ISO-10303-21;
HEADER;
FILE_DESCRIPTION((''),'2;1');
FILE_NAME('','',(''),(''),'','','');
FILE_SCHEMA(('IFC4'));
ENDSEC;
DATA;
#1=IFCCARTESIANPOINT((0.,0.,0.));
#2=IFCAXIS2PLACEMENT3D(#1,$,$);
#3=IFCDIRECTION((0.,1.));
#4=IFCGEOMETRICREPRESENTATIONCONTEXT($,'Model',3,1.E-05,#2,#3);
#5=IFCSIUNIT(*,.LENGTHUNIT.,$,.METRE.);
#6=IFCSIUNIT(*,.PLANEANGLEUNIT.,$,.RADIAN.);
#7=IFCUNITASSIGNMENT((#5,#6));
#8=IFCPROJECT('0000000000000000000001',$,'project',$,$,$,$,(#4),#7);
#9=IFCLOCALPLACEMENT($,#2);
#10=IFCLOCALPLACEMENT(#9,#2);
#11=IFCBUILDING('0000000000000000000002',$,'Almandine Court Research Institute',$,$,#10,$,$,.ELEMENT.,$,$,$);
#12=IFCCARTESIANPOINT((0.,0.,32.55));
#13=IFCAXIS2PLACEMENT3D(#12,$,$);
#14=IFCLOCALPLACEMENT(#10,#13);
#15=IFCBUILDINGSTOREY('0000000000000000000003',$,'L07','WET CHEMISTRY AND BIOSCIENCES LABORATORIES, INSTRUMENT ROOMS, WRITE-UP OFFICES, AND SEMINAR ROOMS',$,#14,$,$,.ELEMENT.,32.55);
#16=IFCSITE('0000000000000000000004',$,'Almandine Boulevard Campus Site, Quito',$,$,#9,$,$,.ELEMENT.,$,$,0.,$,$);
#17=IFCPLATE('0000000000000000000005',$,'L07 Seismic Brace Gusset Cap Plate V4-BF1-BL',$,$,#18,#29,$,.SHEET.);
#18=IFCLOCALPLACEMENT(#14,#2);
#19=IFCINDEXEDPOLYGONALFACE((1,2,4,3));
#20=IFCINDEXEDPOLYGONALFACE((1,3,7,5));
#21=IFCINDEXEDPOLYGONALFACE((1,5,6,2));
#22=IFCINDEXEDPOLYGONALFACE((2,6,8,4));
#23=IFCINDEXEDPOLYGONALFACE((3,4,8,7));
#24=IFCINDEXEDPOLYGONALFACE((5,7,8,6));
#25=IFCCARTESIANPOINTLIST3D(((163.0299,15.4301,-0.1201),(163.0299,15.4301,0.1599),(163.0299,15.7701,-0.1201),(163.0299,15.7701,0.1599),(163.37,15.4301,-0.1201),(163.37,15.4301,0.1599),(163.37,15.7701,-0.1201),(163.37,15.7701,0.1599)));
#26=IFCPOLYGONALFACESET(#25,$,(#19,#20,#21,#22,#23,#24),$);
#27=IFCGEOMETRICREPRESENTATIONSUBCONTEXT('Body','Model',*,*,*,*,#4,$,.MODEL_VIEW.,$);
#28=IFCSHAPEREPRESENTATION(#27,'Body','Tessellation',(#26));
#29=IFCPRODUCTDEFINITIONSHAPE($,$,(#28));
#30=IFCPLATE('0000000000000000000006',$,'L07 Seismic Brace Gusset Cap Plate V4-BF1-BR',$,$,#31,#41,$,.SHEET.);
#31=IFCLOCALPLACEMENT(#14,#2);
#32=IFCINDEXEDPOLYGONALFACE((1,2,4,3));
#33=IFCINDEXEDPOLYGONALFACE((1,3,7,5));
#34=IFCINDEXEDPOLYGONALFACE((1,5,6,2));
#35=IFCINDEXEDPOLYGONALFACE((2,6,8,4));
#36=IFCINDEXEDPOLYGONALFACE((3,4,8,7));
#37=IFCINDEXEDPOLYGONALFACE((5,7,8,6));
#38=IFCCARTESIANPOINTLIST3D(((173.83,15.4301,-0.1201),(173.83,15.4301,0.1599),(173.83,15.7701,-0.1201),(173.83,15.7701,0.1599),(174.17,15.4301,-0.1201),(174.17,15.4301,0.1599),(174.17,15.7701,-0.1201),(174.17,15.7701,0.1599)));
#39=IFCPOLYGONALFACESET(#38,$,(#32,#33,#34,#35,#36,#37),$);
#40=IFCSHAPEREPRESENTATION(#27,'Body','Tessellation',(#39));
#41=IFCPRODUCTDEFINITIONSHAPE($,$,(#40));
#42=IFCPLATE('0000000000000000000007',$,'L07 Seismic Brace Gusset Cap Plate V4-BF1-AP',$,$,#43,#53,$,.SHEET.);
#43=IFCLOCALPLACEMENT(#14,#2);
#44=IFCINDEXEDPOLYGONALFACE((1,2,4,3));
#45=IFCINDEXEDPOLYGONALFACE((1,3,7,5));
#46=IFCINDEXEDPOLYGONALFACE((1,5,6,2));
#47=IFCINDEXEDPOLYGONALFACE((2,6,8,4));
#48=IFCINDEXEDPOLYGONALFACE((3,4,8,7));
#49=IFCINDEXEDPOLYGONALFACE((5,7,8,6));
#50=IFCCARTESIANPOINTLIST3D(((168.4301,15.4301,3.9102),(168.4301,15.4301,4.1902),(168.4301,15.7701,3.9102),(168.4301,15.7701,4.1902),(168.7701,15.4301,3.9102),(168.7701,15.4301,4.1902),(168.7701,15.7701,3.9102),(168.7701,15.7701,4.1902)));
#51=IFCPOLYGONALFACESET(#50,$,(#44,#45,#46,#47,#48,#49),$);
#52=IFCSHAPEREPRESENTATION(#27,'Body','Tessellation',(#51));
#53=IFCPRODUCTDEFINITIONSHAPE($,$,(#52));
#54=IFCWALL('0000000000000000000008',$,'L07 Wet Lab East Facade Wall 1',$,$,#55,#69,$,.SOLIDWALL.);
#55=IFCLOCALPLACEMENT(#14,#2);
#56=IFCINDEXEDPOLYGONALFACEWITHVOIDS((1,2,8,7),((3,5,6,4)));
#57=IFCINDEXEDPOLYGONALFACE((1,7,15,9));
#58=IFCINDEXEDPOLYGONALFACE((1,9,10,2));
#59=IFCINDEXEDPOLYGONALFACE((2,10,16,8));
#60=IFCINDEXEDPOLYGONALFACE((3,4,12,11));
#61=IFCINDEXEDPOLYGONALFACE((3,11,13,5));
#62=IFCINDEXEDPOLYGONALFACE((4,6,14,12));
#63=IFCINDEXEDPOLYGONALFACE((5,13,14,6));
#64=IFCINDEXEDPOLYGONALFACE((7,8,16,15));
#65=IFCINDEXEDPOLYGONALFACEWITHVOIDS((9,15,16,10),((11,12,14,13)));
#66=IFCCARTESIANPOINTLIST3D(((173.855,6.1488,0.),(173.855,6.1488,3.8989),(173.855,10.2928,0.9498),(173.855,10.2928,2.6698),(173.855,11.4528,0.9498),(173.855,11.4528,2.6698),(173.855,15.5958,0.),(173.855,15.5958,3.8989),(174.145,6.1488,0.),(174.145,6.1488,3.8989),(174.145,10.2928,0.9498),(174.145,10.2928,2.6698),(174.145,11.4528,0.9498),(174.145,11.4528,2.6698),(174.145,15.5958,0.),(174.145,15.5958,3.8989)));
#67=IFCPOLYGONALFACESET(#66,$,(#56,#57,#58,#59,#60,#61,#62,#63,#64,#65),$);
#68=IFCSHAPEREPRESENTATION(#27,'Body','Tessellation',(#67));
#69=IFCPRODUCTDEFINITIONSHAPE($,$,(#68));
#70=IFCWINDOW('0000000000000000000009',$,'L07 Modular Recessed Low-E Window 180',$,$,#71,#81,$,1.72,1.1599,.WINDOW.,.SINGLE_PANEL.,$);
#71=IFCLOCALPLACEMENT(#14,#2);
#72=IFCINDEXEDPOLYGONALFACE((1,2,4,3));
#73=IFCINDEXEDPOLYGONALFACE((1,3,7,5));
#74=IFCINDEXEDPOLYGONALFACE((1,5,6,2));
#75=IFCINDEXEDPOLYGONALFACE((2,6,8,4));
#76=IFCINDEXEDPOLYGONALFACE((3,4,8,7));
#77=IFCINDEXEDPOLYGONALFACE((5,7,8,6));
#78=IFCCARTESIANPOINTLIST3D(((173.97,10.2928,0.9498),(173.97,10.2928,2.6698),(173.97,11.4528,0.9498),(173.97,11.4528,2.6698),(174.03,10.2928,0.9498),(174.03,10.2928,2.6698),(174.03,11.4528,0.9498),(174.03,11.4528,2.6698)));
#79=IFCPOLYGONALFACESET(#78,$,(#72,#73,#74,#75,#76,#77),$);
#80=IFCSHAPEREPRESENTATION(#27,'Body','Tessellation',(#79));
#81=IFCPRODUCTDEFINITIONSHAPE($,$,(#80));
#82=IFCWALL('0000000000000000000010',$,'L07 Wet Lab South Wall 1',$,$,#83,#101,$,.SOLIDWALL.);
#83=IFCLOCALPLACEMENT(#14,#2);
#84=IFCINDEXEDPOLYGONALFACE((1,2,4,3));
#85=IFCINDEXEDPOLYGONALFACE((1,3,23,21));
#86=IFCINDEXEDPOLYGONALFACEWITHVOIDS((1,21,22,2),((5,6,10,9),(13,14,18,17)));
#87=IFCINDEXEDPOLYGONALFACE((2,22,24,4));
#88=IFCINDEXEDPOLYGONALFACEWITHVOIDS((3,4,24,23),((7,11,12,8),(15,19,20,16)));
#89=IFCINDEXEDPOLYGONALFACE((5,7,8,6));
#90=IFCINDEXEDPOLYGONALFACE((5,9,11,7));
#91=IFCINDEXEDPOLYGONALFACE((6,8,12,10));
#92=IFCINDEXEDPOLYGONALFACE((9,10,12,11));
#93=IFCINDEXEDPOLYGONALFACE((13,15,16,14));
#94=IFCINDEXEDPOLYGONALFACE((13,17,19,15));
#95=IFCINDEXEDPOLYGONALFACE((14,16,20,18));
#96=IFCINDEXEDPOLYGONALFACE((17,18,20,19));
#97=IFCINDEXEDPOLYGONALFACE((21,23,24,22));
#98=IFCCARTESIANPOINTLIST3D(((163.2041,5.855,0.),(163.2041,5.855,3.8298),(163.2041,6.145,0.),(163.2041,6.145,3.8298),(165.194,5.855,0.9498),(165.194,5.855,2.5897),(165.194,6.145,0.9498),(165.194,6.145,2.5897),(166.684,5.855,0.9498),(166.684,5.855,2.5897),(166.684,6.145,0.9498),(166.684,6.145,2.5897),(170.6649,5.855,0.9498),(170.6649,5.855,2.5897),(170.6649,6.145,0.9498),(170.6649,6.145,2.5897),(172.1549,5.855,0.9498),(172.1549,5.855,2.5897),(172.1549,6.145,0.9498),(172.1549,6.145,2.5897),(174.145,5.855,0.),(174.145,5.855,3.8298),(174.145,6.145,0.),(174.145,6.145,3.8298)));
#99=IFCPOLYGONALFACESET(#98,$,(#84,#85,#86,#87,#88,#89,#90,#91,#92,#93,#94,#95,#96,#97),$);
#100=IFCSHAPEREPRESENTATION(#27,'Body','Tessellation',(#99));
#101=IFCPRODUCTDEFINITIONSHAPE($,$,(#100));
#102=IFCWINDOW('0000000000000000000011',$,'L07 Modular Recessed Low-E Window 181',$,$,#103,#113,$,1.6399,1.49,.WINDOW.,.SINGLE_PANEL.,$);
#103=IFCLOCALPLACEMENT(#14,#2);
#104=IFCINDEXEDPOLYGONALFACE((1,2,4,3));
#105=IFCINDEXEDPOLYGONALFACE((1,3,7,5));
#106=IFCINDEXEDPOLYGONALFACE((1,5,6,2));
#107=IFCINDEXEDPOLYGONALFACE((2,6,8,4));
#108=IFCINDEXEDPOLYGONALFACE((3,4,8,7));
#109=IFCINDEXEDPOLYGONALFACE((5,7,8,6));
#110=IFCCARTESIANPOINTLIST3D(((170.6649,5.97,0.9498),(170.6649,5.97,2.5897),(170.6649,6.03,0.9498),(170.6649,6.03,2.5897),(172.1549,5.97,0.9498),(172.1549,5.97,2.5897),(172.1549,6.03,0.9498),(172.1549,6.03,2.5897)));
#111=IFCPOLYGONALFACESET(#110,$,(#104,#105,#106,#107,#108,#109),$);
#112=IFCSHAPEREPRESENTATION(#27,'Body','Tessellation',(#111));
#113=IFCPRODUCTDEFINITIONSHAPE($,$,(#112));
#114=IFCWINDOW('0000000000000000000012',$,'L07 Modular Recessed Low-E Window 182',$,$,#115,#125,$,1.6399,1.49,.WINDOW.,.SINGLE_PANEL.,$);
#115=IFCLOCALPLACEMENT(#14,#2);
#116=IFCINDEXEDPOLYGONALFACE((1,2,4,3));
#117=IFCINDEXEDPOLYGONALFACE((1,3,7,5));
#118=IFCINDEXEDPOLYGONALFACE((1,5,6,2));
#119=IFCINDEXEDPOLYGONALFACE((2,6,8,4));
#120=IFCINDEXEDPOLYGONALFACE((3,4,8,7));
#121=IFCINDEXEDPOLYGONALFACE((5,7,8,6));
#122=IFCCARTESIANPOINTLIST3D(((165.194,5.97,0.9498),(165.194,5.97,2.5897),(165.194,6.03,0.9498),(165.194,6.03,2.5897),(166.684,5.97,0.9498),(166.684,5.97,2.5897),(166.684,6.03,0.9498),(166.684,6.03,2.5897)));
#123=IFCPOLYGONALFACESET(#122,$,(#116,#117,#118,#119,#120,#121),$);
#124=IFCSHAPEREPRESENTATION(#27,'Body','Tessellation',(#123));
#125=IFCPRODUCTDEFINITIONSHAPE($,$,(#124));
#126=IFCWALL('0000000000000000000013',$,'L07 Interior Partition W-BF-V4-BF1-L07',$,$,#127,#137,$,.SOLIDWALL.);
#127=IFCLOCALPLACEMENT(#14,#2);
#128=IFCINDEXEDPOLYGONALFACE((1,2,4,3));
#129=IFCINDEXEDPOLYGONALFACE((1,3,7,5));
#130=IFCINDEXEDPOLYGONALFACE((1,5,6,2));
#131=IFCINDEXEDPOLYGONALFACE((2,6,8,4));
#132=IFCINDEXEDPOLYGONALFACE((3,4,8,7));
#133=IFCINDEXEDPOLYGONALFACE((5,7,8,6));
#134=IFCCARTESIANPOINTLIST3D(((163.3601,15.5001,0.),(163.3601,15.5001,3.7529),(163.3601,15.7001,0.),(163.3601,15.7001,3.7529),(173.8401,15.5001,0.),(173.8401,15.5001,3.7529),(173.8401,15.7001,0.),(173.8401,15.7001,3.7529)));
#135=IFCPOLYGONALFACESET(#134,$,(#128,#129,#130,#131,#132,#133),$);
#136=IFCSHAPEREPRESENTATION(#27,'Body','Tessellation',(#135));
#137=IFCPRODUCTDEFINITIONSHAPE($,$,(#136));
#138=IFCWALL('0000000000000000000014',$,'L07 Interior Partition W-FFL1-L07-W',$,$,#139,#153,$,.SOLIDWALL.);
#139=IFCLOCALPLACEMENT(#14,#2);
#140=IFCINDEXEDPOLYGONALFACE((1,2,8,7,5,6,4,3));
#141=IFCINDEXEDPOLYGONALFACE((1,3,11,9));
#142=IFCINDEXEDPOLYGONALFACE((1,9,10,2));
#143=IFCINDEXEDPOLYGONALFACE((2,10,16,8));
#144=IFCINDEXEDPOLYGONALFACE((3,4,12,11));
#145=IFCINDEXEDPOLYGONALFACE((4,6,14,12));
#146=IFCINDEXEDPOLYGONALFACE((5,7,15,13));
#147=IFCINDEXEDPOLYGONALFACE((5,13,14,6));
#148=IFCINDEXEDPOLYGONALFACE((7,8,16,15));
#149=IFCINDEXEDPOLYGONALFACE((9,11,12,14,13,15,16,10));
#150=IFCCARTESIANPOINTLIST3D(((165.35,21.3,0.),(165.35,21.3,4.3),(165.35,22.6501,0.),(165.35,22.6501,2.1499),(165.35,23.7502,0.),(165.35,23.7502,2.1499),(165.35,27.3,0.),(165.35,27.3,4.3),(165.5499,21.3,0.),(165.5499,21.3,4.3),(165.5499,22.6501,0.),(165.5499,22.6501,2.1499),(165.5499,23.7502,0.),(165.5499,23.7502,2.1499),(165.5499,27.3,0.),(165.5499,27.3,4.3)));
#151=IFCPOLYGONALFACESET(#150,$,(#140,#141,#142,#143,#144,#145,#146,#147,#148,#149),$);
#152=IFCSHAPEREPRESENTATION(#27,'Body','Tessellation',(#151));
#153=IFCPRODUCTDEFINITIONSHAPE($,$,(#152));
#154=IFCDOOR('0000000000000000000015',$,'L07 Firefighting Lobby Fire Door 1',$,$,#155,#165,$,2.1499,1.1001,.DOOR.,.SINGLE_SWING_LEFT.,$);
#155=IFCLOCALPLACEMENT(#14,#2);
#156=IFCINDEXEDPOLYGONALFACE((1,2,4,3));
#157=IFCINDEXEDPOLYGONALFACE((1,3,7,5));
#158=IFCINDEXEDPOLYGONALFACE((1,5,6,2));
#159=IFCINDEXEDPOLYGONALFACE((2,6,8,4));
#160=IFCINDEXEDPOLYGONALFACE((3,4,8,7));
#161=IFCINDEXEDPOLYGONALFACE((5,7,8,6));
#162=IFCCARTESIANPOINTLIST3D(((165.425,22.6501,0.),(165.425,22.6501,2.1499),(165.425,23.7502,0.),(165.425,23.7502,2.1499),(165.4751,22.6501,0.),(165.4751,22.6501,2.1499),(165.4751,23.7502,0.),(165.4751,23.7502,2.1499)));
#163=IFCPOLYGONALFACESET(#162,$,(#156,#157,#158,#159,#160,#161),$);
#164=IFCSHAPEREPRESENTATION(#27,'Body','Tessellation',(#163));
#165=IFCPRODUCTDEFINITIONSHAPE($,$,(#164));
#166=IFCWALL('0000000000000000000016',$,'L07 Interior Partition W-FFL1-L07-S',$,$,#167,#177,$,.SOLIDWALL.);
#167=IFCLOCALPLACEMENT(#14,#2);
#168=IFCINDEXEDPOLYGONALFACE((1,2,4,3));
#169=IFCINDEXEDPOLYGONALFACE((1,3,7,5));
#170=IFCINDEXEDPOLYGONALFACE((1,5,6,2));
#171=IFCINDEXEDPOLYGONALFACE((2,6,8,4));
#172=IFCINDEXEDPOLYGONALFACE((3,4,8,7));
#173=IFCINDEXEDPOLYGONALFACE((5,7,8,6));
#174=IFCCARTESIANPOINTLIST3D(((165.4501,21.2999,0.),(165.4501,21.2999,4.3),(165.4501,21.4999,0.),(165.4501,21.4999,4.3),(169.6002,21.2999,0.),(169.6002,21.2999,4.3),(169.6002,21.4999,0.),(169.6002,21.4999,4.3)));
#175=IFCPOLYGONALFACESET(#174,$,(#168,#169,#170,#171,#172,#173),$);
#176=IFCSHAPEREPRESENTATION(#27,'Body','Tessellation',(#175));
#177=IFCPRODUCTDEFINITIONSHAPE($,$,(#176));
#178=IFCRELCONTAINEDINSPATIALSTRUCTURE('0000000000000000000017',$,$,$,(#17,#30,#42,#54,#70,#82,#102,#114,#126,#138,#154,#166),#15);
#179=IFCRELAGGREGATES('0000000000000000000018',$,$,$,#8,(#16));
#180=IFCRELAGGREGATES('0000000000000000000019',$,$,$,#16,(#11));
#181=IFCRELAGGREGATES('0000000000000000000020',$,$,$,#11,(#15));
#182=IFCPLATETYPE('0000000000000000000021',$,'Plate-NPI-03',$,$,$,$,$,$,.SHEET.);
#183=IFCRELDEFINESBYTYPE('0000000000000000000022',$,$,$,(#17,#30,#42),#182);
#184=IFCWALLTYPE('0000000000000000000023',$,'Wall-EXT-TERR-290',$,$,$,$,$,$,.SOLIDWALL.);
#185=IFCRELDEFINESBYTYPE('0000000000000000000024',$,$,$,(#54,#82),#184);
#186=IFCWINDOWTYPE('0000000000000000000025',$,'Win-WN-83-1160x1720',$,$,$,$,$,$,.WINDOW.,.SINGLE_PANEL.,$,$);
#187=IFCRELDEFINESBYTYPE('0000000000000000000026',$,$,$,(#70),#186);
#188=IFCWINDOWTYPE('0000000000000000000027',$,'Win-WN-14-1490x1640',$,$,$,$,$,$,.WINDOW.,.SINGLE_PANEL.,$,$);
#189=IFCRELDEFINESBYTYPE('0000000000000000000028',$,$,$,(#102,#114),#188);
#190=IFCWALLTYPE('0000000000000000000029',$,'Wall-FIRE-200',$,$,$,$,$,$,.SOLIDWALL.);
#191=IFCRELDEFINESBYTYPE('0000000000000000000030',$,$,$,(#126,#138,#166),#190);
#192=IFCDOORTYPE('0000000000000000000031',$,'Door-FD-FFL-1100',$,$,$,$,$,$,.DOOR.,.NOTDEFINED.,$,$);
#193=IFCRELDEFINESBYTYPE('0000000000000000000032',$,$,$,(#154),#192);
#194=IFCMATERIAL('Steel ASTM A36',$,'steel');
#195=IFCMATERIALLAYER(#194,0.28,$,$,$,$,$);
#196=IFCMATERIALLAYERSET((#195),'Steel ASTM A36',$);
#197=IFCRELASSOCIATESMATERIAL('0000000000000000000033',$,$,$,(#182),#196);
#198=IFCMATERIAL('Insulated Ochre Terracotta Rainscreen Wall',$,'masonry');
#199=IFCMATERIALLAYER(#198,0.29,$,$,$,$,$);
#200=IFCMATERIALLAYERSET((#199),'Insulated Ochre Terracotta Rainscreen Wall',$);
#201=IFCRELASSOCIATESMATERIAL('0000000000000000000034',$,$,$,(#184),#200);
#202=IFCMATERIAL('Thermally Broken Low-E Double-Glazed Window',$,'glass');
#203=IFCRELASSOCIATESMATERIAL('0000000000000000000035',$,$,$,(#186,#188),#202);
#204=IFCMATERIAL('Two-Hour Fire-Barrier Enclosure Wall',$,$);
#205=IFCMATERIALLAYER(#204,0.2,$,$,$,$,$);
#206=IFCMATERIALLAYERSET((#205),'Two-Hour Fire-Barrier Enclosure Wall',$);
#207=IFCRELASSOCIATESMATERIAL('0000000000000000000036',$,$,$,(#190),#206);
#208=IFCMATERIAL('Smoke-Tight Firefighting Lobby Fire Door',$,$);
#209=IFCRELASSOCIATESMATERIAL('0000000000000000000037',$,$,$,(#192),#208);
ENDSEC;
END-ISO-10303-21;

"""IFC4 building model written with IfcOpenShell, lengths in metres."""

from ifc_helpers import new_model, si_unit, direction, frame, frame_2d, origin, origin_2d, place, context, subcontext, project, spatial, rectangle, extrude, material, layer, layer_set, type_object, element, fill, save


model = new_model("IFC4")

# Units and contexts
model_context = context("Model", 3, precision=1e-05, world=origin(), true_north=direction((0.0, 1.0)))
body_context = subcontext(model_context, "Body", "Model", "MODEL_VIEW")
ifc_project = project(units=[si_unit("LENGTHUNIT", "METRE"), si_unit("PLANEANGLEUNIT", "RADIAN")], contexts=[model_context])

# Site, building, storey
site_placement = place(None, origin())
site = spatial("IfcSite", under=ifc_project, at=site_placement, Name="Almandine Boulevard Campus Site, Quito", CompositionType="ELEMENT", RefElevation=0.0)
building_placement = place(site_placement, origin())
building = spatial("IfcBuilding", under=site, at=building_placement, Name="Almandine Court Research Institute", CompositionType="ELEMENT")
storey_placement = place(building_placement, frame((0.0, 0.0, 32.55)))
storey = spatial("IfcBuildingStorey", under=building, at=storey_placement, Name="L07", Description="WET CHEMISTRY AND BIOSCIENCES LABORATORIES, INSTRUMENT ROOMS, WRITE-UP OFFICES, AND SEMINAR ROOMS", CompositionType="ELEMENT", Elevation=32.55)

# Plates
ifc_material_1 = material(Name="Steel ASTM A36", Category="steel")
ifc_layer_1 = layer(ifc_material_1, 0.28)
ifc_layer_set_1 = layer_set([ifc_layer_1], Name="Steel ASTM A36")
plate_type = type_object("IfcPlateType", Name="Plate-NPI-03", PredefinedType="SHEET", material=ifc_layer_set_1)
for number, where, z_axis, x_axis, name in (
    (1, (163.2, 15.6001, -0.1201), (0.0, 0.0, 1.0), (1.0, 0.0, 0.0), "L07 Seismic Brace Gusset Cap Plate V4-BF1-BL"),
    (2, (174.0, 15.6001, -0.1201), (0.0, 0.0, 1.0), (1.0, 0.0, 0.0), "L07 Seismic Brace Gusset Cap Plate V4-BF1-BR"),
    (3, (168.6001, 15.6001, 3.9102), (0.0, 0.0, 1.0), (1.0, 0.0, 0.0), "L07 Seismic Brace Gusset Cap Plate V4-BF1-AP"),
):
    element("IfcPlate", number, at=place(storey_placement, frame(where, z_axis=z_axis, x_axis=x_axis)), inside=storey, type_object=plate_type, Name=name, PredefinedType="SHEET", context=body_context, shape_type="SweptSolid", body=[
        extrude(rectangle(XDim=0.3401, YDim=0.3401, at=origin_2d()), origin(), (0.0, 0.0, 1.0), 0.28),
    ])

# Wall, opening, window
ifc_material_2 = material(Name="Insulated Ochre Terracotta Rainscreen Wall", Category="masonry")
ifc_layer_2 = layer(ifc_material_2, 0.29)
ifc_layer_set_2 = layer_set([ifc_layer_2], Name="Insulated Ochre Terracotta Rainscreen Wall")
wall_type_1 = type_object("IfcWallType", Name="Wall-EXT-TERR-290", PredefinedType="SOLIDWALL", material=ifc_layer_set_2)
wall_1_placement = place(storey_placement, frame((174.0, 15.5959, 0.0), z_axis=(0.0, 0.0, 1.0), x_axis=(0.0, -1.0, 0.0)))
wall_1 = element("IfcWall", 4, at=wall_1_placement, inside=storey, type_object=wall_type_1, Name="L07 Wet Lab East Facade Wall 1", PredefinedType="SOLIDWALL", context=body_context, shape_type="SweptSolid", body=[
    extrude(rectangle(XDim=9.447, YDim=0.29, at=frame_2d((4.7236, 0.0))), origin(), (0.0, 0.0, 1.0), 3.8989),
])
opening_1_placement = place(wall_1_placement, frame((4.1431, 0.0, 0.95)))
opening_1 = element("IfcOpeningElement", 5, at=opening_1_placement, cuts=wall_1, PredefinedType="OPENING", context=body_context, shape_type="SweptSolid", body=[
    extrude(rectangle(XDim=1.1599, YDim=1.72, at=frame_2d((0.5801, 0.8599))), frame((0.0, 0.155, 0.0), z_axis=(0.0, -1.0, 0.0), x_axis=(1.0, 0.0, 0.0)), (0.0, 0.0, 1.0), 0.3101),
])
ifc_material_3 = material(Name="Thermally Broken Low-E Double-Glazed Window", Category="glass")
window_type_1 = type_object("IfcWindowType", Name="Win-WN-83-1160x1720", PartitioningType="SINGLE_PANEL", PredefinedType="WINDOW", material=ifc_material_3)
window_1_placement = place(opening_1_placement, origin())
window_1 = element("IfcWindow", 6, at=window_1_placement, inside=storey, type_object=window_type_1, Name="L07 Modular Recessed Low-E Window 180", OverallHeight=1.72, OverallWidth=1.1599, PartitioningType="SINGLE_PANEL", PredefinedType="WINDOW", context=body_context, shape_type="SweptSolid", body=[
    extrude(rectangle(XDim=1.1599, YDim=1.72, at=frame_2d((0.5801, 0.8599))), frame((0.0, 0.03, 0.0), z_axis=(0.0, -1.0, 0.0), x_axis=(1.0, 0.0, 0.0)), (0.0, 0.0, 1.0), 0.0601),
])
fill(opening_1, window_1)

# Wall, openings, windows
wall_2_placement = place(storey_placement, frame((174.145, 6.0, 0.0), z_axis=(0.0, 0.0, 1.0), x_axis=(-1.0, 0.0, 0.0)))
wall_2 = element("IfcWall", 7, at=wall_2_placement, inside=storey, type_object=wall_type_1, Name="L07 Wet Lab South Wall 1", PredefinedType="SOLIDWALL", context=body_context, shape_type="SweptSolid", body=[
    extrude(rectangle(XDim=10.9409, YDim=0.29, at=frame_2d((5.4705, 0.0))), origin(), (0.0, 0.0, 1.0), 3.8298),
])
opening_2_placement = place(wall_2_placement, frame((1.99, 0.0, 0.95)))
opening_2 = element("IfcOpeningElement", 8, at=opening_2_placement, cuts=wall_2, PredefinedType="OPENING", context=body_context, shape_type="SweptSolid", body=[
    extrude(rectangle(XDim=1.49, YDim=1.6399, at=frame_2d((0.7451, 0.8198))), frame((0.0, 0.155, 0.0), z_axis=(0.0, -1.0, 0.0), x_axis=(1.0, 0.0, 0.0)), (0.0, 0.0, 1.0), 0.3101),
])
opening_3_placement = place(wall_2_placement, frame((7.4609, 0.0, 0.95)))
opening_3 = element("IfcOpeningElement", 9, at=opening_3_placement, cuts=wall_2, PredefinedType="OPENING", context=body_context, shape_type="SweptSolid", body=[
    extrude(rectangle(XDim=1.49, YDim=1.6399, at=frame_2d((0.7451, 0.8198))), frame((0.0, 0.155, 0.0), z_axis=(0.0, -1.0, 0.0), x_axis=(1.0, 0.0, 0.0)), (0.0, 0.0, 1.0), 0.3101),
])
window_type_2 = type_object("IfcWindowType", Name="Win-WN-14-1490x1640", PartitioningType="SINGLE_PANEL", PredefinedType="WINDOW", material=ifc_material_3)
window_2_placement = place(opening_2_placement, origin())
window_2 = element("IfcWindow", 10, at=window_2_placement, inside=storey, type_object=window_type_2, Name="L07 Modular Recessed Low-E Window 181", OverallHeight=1.6399, OverallWidth=1.49, PartitioningType="SINGLE_PANEL", PredefinedType="WINDOW", context=body_context, shape_type="SweptSolid", body=[
    extrude(rectangle(XDim=1.49, YDim=1.6399, at=frame_2d((0.7451, 0.8198))), frame((0.0, 0.03, 0.0), z_axis=(0.0, -1.0, 0.0), x_axis=(1.0, 0.0, 0.0)), (0.0, 0.0, 1.0), 0.0601),
])
fill(opening_2, window_2)
window_3_placement = place(opening_3_placement, origin())
window_3 = element("IfcWindow", 11, at=window_3_placement, inside=storey, type_object=window_type_2, Name="L07 Modular Recessed Low-E Window 182", OverallHeight=1.6399, OverallWidth=1.49, PartitioningType="SINGLE_PANEL", PredefinedType="WINDOW", context=body_context, shape_type="SweptSolid", body=[
    extrude(rectangle(XDim=1.49, YDim=1.6399, at=frame_2d((0.7451, 0.8198))), frame((0.0, 0.03, 0.0), z_axis=(0.0, -1.0, 0.0), x_axis=(1.0, 0.0, 0.0)), (0.0, 0.0, 1.0), 0.0601),
])
fill(opening_3, window_3)

# Wall
ifc_material_4 = material(Name="Two-Hour Fire-Barrier Enclosure Wall")
ifc_layer_3 = layer(ifc_material_4, 0.2)
ifc_layer_set_3 = layer_set([ifc_layer_3], Name="Two-Hour Fire-Barrier Enclosure Wall")
wall_type_2 = type_object("IfcWallType", Name="Wall-FIRE-200", PredefinedType="SOLIDWALL", material=ifc_layer_set_3)
wall_3_placement = place(storey_placement, frame((163.3601, 15.6001, 0.0), z_axis=(0.0, 0.0, 1.0), x_axis=(1.0, 0.0, 0.0)))
element("IfcWall", 12, at=wall_3_placement, inside=storey, type_object=wall_type_2, Name="L07 Interior Partition W-BF-V4-BF1-L07", PredefinedType="SOLIDWALL", context=body_context, shape_type="SweptSolid", body=[
    extrude(rectangle(XDim=10.48, YDim=0.2, at=frame_2d((5.24, 0.0))), origin(), (0.0, 0.0, 1.0), 3.7529),
])

# Wall, opening, door
wall_4_placement = place(storey_placement, frame((165.45, 21.3, 0.0), z_axis=(0.0, 0.0, 1.0), x_axis=(0.0, 1.0, 0.0)))
wall_4 = element("IfcWall", 13, at=wall_4_placement, inside=storey, type_object=wall_type_2, Name="L07 Interior Partition W-FFL1-L07-W", PredefinedType="SOLIDWALL", context=body_context, shape_type="SweptSolid", body=[
    extrude(rectangle(XDim=6.0, YDim=0.2, at=frame_2d((3.0, 0.0))), origin(), (0.0, 0.0, 1.0), 4.3),
])
opening_4_placement = place(wall_4_placement, frame((1.3501, 0.0, 0.0)))
opening_4 = element("IfcOpeningElement", 14, at=opening_4_placement, cuts=wall_4, PredefinedType="OPENING", context=body_context, shape_type="SweptSolid", body=[
    extrude(rectangle(XDim=1.1001, YDim=2.1499, at=frame_2d((0.55, 1.075))), frame((0.0, 0.1099, 0.0), z_axis=(0.0, -1.0, 0.0), x_axis=(1.0, 0.0, 0.0)), (0.0, 0.0, 1.0), 0.22),
])
ifc_material_5 = material(Name="Smoke-Tight Firefighting Lobby Fire Door")
door_type_1 = type_object("IfcDoorType", Name="Door-FD-FFL-1100", OperationType="NOTDEFINED", PredefinedType="DOOR", material=ifc_material_5)
door_1_placement = place(opening_4_placement, origin())
door_1 = element("IfcDoor", 15, at=door_1_placement, inside=storey, type_object=door_type_1, Name="L07 Firefighting Lobby Fire Door 1", OperationType="SINGLE_SWING_LEFT", OverallHeight=2.1499, OverallWidth=1.1001, PredefinedType="DOOR", context=body_context, shape_type="SweptSolid", body=[
    extrude(rectangle(XDim=1.1001, YDim=2.1499, at=frame_2d((0.55, 1.075))), frame((0.0, 0.0249, 0.0), z_axis=(0.0, -1.0, 0.0), x_axis=(1.0, 0.0, 0.0)), (0.0, 0.0, 1.0), 0.05),
])
fill(opening_4, door_1)

# Wall
wall_5_placement = place(storey_placement, frame((165.45, 21.3999, 0.0), z_axis=(0.0, 0.0, 1.0), x_axis=(1.0, 0.0, 0.0)))
element("IfcWall", 16, at=wall_5_placement, inside=storey, type_object=wall_type_2, Name="L07 Interior Partition W-FFL1-L07-S", PredefinedType="SOLIDWALL", context=body_context, shape_type="SweptSolid", body=[
    extrude(rectangle(XDim=4.1501, YDim=0.2, at=frame_2d((2.0752, 0.0))), origin(), (0.0, 0.0, 1.0), 4.3),
])

save(model, "model.ifc")
